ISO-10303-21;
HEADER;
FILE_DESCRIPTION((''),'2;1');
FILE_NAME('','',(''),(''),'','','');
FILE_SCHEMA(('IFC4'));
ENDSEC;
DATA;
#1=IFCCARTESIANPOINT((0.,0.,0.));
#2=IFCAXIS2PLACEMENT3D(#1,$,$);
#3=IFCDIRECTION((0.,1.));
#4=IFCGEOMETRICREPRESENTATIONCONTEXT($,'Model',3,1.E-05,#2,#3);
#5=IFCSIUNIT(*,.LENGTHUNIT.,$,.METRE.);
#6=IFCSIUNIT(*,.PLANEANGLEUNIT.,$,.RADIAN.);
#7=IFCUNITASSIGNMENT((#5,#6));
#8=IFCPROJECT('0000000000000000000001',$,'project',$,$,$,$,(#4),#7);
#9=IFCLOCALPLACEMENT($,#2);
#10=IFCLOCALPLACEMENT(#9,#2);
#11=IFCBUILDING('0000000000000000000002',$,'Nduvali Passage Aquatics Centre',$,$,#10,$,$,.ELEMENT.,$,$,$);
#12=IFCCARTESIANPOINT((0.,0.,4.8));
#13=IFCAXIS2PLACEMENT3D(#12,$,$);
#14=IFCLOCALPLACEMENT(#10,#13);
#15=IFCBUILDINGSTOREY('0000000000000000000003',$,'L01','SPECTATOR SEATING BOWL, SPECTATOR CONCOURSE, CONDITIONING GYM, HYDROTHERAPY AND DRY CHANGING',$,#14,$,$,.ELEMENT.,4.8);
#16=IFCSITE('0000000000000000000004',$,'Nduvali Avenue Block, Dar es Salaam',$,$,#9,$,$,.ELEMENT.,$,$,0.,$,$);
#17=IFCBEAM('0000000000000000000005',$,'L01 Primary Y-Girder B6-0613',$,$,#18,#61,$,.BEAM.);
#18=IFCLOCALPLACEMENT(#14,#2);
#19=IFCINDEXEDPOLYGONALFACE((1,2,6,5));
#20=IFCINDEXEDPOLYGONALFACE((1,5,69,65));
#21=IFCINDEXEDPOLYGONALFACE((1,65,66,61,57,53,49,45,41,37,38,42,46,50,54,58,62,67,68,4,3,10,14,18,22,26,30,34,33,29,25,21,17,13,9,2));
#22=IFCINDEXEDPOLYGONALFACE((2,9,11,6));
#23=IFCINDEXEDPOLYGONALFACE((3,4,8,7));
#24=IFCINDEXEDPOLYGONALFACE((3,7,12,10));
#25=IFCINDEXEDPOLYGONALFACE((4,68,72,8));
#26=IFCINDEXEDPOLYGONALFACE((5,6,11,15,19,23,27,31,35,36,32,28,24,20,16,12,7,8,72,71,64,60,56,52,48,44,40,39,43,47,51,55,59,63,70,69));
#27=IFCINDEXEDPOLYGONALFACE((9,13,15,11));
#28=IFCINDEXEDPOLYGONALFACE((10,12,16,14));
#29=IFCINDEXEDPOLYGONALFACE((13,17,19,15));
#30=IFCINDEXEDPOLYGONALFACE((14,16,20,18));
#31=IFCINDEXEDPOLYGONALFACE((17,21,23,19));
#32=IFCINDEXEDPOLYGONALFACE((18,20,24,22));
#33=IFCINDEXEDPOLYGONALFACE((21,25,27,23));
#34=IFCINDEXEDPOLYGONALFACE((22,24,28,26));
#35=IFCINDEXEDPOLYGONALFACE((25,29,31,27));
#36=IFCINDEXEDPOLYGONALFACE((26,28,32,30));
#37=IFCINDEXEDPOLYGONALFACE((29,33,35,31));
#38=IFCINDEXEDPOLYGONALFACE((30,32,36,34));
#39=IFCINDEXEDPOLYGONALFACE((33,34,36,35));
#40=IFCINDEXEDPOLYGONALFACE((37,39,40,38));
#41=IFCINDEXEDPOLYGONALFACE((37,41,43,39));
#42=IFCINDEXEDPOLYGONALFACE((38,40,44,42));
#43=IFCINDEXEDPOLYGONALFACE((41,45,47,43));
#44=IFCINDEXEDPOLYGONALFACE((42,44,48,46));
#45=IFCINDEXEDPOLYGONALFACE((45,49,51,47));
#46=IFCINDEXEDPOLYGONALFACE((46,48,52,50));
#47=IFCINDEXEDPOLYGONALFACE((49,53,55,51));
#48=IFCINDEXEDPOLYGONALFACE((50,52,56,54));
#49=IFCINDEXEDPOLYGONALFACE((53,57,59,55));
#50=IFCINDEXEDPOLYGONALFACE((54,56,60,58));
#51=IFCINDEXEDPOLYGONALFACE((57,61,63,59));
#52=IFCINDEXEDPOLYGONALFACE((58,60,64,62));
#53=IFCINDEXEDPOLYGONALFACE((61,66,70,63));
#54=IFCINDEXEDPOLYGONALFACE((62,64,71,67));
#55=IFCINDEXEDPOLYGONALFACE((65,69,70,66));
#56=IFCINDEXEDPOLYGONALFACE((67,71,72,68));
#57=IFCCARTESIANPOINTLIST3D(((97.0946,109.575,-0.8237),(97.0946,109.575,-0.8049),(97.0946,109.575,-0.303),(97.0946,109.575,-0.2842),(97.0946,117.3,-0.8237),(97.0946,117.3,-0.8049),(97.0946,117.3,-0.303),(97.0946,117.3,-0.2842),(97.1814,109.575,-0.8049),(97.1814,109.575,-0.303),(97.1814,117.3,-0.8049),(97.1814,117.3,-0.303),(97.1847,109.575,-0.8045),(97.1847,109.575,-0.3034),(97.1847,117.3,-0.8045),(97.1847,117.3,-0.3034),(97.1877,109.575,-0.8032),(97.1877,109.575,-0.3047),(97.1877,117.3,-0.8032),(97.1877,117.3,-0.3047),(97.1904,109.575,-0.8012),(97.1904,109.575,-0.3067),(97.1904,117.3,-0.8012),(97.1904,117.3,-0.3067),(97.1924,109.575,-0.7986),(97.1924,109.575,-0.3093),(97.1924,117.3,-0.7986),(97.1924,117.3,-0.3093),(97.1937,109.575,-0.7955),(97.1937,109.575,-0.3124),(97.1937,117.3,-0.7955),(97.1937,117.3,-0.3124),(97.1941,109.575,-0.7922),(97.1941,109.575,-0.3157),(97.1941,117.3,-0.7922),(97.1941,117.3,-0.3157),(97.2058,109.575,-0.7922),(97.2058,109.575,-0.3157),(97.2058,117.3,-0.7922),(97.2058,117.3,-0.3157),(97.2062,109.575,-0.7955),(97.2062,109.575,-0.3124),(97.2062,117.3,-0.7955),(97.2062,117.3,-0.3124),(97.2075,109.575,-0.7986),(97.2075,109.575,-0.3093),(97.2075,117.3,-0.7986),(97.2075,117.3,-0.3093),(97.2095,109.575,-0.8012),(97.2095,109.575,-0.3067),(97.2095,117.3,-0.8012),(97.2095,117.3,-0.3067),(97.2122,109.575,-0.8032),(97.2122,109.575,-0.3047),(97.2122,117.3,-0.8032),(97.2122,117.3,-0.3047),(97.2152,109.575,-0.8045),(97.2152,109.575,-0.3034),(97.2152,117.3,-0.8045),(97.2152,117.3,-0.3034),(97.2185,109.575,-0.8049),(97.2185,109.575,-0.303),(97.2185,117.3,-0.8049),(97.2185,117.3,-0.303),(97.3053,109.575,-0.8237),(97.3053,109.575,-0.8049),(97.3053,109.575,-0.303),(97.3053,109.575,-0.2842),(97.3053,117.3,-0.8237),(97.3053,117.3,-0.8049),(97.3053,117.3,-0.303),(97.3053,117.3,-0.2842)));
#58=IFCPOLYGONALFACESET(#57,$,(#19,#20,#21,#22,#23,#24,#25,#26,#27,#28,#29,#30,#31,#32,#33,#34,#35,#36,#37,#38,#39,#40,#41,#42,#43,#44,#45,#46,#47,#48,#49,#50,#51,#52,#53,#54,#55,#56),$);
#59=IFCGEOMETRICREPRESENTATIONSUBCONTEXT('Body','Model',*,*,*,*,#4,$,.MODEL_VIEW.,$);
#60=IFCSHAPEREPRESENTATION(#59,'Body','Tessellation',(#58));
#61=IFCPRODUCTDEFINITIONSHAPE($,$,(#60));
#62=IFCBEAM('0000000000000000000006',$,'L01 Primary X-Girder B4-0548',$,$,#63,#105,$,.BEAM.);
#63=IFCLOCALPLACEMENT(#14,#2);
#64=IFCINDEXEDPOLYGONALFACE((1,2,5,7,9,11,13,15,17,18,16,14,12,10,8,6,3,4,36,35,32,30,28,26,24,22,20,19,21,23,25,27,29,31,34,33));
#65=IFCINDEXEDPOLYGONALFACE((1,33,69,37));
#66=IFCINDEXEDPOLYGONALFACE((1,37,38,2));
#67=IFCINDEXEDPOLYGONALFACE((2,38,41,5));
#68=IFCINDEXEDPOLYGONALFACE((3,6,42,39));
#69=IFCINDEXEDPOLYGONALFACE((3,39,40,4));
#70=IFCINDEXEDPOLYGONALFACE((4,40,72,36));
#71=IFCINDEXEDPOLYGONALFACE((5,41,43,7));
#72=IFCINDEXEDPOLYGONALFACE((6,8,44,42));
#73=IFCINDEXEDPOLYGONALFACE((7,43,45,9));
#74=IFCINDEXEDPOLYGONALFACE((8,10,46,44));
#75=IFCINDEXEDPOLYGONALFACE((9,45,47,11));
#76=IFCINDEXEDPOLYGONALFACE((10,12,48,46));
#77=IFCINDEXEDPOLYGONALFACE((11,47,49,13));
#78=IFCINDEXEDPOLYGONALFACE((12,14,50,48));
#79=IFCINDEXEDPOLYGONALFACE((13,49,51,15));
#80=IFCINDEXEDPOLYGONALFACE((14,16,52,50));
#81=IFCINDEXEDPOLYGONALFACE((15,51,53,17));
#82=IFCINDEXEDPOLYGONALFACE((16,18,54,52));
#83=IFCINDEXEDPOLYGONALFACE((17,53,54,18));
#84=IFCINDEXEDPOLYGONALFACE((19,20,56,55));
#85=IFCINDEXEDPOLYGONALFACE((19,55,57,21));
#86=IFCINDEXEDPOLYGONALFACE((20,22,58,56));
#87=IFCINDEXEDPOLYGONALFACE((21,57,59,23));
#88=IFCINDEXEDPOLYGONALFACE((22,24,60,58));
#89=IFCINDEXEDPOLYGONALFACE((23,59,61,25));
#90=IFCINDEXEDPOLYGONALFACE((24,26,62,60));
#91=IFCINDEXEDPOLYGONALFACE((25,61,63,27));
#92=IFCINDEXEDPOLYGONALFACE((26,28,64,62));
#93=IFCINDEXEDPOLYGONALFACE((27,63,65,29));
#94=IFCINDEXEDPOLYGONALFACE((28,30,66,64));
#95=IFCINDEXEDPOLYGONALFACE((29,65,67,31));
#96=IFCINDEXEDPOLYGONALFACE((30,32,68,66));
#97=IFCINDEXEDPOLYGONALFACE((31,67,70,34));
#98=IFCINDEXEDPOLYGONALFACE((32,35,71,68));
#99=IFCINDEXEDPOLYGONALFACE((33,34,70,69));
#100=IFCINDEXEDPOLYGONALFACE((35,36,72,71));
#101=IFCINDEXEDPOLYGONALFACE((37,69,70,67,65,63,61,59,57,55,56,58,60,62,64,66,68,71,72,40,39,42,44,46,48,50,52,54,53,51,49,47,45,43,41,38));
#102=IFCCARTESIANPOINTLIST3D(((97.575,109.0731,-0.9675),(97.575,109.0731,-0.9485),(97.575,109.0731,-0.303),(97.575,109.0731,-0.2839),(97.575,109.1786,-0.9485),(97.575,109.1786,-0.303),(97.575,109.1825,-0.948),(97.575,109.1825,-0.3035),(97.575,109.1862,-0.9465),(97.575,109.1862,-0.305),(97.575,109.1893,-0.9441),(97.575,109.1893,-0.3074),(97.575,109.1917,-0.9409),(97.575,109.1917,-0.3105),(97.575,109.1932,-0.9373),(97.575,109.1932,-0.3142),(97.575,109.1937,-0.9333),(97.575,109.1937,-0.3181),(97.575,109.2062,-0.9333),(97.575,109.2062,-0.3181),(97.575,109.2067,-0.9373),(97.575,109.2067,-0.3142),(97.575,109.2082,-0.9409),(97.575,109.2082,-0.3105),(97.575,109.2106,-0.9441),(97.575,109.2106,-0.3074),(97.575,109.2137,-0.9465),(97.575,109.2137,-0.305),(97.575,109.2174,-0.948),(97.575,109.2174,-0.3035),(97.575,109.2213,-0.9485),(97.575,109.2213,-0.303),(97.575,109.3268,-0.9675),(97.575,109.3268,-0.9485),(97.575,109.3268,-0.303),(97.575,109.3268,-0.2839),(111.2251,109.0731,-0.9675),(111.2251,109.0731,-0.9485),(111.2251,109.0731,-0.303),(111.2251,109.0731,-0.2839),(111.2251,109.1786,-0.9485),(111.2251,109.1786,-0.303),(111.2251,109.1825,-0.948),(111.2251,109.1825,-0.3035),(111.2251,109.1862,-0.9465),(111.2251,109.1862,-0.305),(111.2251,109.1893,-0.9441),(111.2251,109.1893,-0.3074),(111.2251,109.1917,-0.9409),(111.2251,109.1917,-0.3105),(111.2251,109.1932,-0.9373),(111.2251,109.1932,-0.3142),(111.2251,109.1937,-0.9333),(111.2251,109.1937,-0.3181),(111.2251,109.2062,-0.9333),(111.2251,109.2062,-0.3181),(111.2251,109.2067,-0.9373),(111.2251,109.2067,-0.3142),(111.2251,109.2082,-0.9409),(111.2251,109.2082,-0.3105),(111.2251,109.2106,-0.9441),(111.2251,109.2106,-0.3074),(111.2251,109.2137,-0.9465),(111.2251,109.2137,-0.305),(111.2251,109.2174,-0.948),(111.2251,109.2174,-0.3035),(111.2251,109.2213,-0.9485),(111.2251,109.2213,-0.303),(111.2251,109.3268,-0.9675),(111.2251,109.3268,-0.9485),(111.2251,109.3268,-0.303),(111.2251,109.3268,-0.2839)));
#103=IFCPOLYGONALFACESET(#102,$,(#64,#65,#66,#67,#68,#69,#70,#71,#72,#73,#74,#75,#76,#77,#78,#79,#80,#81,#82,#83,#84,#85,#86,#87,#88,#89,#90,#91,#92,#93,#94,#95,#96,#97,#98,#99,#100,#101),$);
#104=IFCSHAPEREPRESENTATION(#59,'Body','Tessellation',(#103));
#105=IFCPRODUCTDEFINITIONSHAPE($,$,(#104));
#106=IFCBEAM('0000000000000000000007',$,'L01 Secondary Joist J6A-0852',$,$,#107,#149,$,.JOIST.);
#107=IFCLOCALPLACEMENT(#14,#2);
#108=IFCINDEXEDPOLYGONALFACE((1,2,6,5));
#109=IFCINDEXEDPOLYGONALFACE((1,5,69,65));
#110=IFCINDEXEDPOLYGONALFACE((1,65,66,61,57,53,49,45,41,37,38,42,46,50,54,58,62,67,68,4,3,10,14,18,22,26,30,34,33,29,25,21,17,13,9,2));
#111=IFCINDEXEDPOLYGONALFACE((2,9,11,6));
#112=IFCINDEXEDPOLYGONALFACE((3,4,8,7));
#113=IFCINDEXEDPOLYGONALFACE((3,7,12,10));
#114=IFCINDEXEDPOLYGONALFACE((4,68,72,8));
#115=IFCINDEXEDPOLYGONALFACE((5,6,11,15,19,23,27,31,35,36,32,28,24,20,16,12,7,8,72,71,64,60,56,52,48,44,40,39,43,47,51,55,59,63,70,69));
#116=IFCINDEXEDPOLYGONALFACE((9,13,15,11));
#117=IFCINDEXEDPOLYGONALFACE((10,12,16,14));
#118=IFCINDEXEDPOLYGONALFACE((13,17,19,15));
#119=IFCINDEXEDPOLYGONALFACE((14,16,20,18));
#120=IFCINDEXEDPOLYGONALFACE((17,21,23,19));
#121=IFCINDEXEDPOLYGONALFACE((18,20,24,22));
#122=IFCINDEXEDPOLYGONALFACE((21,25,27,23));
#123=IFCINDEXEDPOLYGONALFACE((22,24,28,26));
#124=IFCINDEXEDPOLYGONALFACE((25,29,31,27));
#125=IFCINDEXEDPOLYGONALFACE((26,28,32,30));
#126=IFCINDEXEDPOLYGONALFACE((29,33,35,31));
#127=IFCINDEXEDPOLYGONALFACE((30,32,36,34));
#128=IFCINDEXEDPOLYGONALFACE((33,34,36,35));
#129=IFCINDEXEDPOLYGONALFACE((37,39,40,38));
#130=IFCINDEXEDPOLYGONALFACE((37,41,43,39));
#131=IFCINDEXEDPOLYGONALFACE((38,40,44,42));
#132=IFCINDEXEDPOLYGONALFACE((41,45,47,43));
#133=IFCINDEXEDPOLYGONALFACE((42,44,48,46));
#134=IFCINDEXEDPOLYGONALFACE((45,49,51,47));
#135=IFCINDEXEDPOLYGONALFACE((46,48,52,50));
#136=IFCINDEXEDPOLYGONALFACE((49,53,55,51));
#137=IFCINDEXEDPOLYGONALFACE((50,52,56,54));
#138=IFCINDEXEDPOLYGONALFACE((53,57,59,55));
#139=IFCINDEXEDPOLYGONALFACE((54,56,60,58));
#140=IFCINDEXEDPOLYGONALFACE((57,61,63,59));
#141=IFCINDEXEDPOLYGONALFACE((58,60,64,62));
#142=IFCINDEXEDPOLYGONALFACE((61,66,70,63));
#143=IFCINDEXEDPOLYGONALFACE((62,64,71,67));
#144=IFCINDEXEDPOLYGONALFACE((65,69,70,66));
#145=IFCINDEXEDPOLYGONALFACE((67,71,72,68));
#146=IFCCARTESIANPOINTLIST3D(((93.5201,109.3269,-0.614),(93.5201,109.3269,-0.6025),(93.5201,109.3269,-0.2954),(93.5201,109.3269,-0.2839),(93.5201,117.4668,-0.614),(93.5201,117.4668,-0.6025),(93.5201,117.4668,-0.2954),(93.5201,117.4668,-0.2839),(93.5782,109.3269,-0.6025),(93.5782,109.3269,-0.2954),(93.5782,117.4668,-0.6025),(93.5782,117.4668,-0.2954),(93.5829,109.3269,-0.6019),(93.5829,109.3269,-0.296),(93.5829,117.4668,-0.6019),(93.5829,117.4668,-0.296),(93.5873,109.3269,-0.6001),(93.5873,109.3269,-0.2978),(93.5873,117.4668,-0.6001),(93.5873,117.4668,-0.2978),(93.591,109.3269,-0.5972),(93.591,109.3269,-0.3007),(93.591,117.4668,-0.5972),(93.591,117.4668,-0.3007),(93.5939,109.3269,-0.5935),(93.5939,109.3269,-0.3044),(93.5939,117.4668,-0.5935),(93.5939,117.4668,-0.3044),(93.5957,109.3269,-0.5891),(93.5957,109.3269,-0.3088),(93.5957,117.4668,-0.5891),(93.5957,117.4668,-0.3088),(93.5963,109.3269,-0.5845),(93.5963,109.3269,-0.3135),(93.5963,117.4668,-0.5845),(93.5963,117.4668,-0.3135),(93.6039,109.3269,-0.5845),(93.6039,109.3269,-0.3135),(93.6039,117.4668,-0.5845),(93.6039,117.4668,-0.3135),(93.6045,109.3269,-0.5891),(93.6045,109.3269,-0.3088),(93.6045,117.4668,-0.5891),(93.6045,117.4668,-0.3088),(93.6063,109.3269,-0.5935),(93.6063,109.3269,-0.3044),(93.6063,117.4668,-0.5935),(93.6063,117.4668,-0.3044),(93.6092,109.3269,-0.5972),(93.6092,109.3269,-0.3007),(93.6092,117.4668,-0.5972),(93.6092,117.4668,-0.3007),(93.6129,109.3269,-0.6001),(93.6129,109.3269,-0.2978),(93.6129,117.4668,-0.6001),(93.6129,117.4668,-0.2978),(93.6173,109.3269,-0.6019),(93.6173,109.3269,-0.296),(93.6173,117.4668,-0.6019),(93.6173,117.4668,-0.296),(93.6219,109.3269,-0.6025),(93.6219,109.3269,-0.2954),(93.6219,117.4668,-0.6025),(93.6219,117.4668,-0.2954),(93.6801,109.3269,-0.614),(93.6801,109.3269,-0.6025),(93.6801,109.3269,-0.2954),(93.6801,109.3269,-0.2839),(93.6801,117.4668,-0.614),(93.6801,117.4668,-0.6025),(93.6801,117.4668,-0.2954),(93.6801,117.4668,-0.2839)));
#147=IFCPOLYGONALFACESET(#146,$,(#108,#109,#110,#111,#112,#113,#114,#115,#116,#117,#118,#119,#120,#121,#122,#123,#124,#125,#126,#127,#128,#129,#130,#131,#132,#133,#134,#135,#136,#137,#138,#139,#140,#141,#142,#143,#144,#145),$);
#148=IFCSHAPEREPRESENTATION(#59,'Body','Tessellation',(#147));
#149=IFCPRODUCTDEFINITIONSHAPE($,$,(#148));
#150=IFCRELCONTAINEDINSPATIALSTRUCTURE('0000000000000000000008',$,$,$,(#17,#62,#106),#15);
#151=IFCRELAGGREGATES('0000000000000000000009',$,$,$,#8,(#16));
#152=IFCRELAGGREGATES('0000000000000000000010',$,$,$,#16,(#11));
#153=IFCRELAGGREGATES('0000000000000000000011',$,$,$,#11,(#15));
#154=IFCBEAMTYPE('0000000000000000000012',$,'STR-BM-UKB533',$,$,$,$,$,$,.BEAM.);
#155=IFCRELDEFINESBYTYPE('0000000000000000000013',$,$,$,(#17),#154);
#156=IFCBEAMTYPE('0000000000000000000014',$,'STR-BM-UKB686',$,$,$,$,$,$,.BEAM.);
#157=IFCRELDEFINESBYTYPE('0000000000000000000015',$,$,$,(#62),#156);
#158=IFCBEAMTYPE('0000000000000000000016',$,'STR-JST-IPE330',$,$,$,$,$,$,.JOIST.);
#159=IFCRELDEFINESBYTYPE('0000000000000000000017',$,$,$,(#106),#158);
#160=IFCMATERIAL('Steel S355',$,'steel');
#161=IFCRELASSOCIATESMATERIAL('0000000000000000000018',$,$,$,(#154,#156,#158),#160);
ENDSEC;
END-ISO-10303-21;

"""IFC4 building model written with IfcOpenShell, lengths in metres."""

from ifc_helpers import new_model, si_unit, direction, frame, origin, origin_2d, place, context, subcontext, project, spatial, i_section, extrude, material, material_profile, profile_set, type_object, element, save


model = new_model("IFC4")

# Units and contexts
model_context = context("Model", 3, precision=1e-05, world=origin(), true_north=direction((0.0, 1.0)))
body_context = subcontext(model_context, "Body", "Model", "MODEL_VIEW")
ifc_project = project(units=[si_unit("LENGTHUNIT", "METRE"), si_unit("PLANEANGLEUNIT", "RADIAN")], contexts=[model_context])

# Site, building, storey
site_placement = place(None, origin())
site = spatial("IfcSite", under=ifc_project, at=site_placement, Name="Nduvali Avenue Block, Dar es Salaam", CompositionType="ELEMENT", RefElevation=0.0)
building_placement = place(site_placement, origin())
building = spatial("IfcBuilding", under=site, at=building_placement, Name="Nduvali Passage Aquatics Centre", CompositionType="ELEMENT")
storey_placement = place(building_placement, frame((0.0, 0.0, 4.8)))
storey = spatial("IfcBuildingStorey", under=building, at=storey_placement, Name="L01", Description="SPECTATOR SEATING BOWL, SPECTATOR CONCOURSE, CONDITIONING GYM, HYDROTHERAPY AND DRY CHANGING", CompositionType="ELEMENT", Elevation=4.8)

# Shared definitions
ifc_material_1 = material(Name="Steel S355", Category="steel")

# Beams
ifc_material_profile_1 = material_profile(ifc_material_1, i_section(OverallWidth=0.2107, OverallDepth=0.5396, WebThickness=0.0117, FlangeThickness=0.0188, FilletRadius=0.0127, at=origin_2d()), Name="UKB 533x210x109")
ifc_profile_set_1 = profile_set([ifc_material_profile_1], Name="Steel S355")
beam_type_1 = type_object("IfcBeamType", Name="STR-BM-UKB533", PredefinedType="BEAM", material=ifc_profile_set_1)
beam_1_placement = place(storey_placement, frame((97.2, 109.575, -0.554), z_axis=(0.0, 1.0, 0.0), x_axis=(-1.0, 0.0, 0.0)))
element("IfcBeam", 1, at=beam_1_placement, inside=storey, type_object=beam_type_1, Name="L01 Primary Y-Girder B6-0613", PredefinedType="BEAM", context=body_context, shape_type="SweptSolid", body=[
    extrude(i_section(OverallWidth=0.2107, OverallDepth=0.5396, WebThickness=0.0117, FlangeThickness=0.0188, FilletRadius=0.0127, at=origin_2d()), origin(), (0.0, 0.0, 1.0), 7.7251),
])
ifc_material_profile_2 = material_profile(ifc_material_1, i_section(OverallWidth=0.2537, OverallDepth=0.6836, WebThickness=0.0125, FlangeThickness=0.019, FilletRadius=0.0151, at=origin_2d()), Name="UKB 686x254x140")
ifc_profile_set_2 = profile_set([ifc_material_profile_2], Name="Steel S355")
beam_type_2 = type_object("IfcBeamType", Name="STR-BM-UKB686", PredefinedType="BEAM", material=ifc_profile_set_2)
beam_2_placement = place(storey_placement, frame((97.575, 109.2, -0.6257), z_axis=(1.0, 0.0, 0.0), x_axis=(0.0, 1.0, 0.0)))
element("IfcBeam", 2, at=beam_2_placement, inside=storey, type_object=beam_type_2, Name="L01 Primary X-Girder B4-0548", PredefinedType="BEAM", context=body_context, shape_type="SweptSolid", body=[
    extrude(i_section(OverallWidth=0.2537, OverallDepth=0.6836, WebThickness=0.0125, FlangeThickness=0.019, FilletRadius=0.0151, at=origin_2d()), origin(), (0.0, 0.0, 1.0), 13.6501),
])
ifc_material_profile_3 = material_profile(ifc_material_1, i_section(OverallWidth=0.1599, OverallDepth=0.3301, WebThickness=0.0076, FlangeThickness=0.0115, FilletRadius=0.0181, at=origin_2d()), Name="IPE 330")
ifc_profile_set_3 = profile_set([ifc_material_profile_3], Name="Steel S355")
beam_type_3 = type_object("IfcBeamType", Name="STR-JST-IPE330", PredefinedType="JOIST", material=ifc_profile_set_3)
beam_3_placement = place(storey_placement, frame((93.6001, 109.3269, -0.449), z_axis=(0.0, 1.0, 0.0), x_axis=(-1.0, 0.0, 0.0)))
element("IfcBeam", 3, at=beam_3_placement, inside=storey, type_object=beam_type_3, Name="L01 Secondary Joist J6A-0852", PredefinedType="JOIST", context=body_context, shape_type="SweptSolid", body=[
    extrude(i_section(OverallWidth=0.1599, OverallDepth=0.3301, WebThickness=0.0076, FlangeThickness=0.0115, FilletRadius=0.0181, at=origin_2d()), origin(), (0.0, 0.0, 1.0), 8.1399),
])

save(model, "model.ifc")
